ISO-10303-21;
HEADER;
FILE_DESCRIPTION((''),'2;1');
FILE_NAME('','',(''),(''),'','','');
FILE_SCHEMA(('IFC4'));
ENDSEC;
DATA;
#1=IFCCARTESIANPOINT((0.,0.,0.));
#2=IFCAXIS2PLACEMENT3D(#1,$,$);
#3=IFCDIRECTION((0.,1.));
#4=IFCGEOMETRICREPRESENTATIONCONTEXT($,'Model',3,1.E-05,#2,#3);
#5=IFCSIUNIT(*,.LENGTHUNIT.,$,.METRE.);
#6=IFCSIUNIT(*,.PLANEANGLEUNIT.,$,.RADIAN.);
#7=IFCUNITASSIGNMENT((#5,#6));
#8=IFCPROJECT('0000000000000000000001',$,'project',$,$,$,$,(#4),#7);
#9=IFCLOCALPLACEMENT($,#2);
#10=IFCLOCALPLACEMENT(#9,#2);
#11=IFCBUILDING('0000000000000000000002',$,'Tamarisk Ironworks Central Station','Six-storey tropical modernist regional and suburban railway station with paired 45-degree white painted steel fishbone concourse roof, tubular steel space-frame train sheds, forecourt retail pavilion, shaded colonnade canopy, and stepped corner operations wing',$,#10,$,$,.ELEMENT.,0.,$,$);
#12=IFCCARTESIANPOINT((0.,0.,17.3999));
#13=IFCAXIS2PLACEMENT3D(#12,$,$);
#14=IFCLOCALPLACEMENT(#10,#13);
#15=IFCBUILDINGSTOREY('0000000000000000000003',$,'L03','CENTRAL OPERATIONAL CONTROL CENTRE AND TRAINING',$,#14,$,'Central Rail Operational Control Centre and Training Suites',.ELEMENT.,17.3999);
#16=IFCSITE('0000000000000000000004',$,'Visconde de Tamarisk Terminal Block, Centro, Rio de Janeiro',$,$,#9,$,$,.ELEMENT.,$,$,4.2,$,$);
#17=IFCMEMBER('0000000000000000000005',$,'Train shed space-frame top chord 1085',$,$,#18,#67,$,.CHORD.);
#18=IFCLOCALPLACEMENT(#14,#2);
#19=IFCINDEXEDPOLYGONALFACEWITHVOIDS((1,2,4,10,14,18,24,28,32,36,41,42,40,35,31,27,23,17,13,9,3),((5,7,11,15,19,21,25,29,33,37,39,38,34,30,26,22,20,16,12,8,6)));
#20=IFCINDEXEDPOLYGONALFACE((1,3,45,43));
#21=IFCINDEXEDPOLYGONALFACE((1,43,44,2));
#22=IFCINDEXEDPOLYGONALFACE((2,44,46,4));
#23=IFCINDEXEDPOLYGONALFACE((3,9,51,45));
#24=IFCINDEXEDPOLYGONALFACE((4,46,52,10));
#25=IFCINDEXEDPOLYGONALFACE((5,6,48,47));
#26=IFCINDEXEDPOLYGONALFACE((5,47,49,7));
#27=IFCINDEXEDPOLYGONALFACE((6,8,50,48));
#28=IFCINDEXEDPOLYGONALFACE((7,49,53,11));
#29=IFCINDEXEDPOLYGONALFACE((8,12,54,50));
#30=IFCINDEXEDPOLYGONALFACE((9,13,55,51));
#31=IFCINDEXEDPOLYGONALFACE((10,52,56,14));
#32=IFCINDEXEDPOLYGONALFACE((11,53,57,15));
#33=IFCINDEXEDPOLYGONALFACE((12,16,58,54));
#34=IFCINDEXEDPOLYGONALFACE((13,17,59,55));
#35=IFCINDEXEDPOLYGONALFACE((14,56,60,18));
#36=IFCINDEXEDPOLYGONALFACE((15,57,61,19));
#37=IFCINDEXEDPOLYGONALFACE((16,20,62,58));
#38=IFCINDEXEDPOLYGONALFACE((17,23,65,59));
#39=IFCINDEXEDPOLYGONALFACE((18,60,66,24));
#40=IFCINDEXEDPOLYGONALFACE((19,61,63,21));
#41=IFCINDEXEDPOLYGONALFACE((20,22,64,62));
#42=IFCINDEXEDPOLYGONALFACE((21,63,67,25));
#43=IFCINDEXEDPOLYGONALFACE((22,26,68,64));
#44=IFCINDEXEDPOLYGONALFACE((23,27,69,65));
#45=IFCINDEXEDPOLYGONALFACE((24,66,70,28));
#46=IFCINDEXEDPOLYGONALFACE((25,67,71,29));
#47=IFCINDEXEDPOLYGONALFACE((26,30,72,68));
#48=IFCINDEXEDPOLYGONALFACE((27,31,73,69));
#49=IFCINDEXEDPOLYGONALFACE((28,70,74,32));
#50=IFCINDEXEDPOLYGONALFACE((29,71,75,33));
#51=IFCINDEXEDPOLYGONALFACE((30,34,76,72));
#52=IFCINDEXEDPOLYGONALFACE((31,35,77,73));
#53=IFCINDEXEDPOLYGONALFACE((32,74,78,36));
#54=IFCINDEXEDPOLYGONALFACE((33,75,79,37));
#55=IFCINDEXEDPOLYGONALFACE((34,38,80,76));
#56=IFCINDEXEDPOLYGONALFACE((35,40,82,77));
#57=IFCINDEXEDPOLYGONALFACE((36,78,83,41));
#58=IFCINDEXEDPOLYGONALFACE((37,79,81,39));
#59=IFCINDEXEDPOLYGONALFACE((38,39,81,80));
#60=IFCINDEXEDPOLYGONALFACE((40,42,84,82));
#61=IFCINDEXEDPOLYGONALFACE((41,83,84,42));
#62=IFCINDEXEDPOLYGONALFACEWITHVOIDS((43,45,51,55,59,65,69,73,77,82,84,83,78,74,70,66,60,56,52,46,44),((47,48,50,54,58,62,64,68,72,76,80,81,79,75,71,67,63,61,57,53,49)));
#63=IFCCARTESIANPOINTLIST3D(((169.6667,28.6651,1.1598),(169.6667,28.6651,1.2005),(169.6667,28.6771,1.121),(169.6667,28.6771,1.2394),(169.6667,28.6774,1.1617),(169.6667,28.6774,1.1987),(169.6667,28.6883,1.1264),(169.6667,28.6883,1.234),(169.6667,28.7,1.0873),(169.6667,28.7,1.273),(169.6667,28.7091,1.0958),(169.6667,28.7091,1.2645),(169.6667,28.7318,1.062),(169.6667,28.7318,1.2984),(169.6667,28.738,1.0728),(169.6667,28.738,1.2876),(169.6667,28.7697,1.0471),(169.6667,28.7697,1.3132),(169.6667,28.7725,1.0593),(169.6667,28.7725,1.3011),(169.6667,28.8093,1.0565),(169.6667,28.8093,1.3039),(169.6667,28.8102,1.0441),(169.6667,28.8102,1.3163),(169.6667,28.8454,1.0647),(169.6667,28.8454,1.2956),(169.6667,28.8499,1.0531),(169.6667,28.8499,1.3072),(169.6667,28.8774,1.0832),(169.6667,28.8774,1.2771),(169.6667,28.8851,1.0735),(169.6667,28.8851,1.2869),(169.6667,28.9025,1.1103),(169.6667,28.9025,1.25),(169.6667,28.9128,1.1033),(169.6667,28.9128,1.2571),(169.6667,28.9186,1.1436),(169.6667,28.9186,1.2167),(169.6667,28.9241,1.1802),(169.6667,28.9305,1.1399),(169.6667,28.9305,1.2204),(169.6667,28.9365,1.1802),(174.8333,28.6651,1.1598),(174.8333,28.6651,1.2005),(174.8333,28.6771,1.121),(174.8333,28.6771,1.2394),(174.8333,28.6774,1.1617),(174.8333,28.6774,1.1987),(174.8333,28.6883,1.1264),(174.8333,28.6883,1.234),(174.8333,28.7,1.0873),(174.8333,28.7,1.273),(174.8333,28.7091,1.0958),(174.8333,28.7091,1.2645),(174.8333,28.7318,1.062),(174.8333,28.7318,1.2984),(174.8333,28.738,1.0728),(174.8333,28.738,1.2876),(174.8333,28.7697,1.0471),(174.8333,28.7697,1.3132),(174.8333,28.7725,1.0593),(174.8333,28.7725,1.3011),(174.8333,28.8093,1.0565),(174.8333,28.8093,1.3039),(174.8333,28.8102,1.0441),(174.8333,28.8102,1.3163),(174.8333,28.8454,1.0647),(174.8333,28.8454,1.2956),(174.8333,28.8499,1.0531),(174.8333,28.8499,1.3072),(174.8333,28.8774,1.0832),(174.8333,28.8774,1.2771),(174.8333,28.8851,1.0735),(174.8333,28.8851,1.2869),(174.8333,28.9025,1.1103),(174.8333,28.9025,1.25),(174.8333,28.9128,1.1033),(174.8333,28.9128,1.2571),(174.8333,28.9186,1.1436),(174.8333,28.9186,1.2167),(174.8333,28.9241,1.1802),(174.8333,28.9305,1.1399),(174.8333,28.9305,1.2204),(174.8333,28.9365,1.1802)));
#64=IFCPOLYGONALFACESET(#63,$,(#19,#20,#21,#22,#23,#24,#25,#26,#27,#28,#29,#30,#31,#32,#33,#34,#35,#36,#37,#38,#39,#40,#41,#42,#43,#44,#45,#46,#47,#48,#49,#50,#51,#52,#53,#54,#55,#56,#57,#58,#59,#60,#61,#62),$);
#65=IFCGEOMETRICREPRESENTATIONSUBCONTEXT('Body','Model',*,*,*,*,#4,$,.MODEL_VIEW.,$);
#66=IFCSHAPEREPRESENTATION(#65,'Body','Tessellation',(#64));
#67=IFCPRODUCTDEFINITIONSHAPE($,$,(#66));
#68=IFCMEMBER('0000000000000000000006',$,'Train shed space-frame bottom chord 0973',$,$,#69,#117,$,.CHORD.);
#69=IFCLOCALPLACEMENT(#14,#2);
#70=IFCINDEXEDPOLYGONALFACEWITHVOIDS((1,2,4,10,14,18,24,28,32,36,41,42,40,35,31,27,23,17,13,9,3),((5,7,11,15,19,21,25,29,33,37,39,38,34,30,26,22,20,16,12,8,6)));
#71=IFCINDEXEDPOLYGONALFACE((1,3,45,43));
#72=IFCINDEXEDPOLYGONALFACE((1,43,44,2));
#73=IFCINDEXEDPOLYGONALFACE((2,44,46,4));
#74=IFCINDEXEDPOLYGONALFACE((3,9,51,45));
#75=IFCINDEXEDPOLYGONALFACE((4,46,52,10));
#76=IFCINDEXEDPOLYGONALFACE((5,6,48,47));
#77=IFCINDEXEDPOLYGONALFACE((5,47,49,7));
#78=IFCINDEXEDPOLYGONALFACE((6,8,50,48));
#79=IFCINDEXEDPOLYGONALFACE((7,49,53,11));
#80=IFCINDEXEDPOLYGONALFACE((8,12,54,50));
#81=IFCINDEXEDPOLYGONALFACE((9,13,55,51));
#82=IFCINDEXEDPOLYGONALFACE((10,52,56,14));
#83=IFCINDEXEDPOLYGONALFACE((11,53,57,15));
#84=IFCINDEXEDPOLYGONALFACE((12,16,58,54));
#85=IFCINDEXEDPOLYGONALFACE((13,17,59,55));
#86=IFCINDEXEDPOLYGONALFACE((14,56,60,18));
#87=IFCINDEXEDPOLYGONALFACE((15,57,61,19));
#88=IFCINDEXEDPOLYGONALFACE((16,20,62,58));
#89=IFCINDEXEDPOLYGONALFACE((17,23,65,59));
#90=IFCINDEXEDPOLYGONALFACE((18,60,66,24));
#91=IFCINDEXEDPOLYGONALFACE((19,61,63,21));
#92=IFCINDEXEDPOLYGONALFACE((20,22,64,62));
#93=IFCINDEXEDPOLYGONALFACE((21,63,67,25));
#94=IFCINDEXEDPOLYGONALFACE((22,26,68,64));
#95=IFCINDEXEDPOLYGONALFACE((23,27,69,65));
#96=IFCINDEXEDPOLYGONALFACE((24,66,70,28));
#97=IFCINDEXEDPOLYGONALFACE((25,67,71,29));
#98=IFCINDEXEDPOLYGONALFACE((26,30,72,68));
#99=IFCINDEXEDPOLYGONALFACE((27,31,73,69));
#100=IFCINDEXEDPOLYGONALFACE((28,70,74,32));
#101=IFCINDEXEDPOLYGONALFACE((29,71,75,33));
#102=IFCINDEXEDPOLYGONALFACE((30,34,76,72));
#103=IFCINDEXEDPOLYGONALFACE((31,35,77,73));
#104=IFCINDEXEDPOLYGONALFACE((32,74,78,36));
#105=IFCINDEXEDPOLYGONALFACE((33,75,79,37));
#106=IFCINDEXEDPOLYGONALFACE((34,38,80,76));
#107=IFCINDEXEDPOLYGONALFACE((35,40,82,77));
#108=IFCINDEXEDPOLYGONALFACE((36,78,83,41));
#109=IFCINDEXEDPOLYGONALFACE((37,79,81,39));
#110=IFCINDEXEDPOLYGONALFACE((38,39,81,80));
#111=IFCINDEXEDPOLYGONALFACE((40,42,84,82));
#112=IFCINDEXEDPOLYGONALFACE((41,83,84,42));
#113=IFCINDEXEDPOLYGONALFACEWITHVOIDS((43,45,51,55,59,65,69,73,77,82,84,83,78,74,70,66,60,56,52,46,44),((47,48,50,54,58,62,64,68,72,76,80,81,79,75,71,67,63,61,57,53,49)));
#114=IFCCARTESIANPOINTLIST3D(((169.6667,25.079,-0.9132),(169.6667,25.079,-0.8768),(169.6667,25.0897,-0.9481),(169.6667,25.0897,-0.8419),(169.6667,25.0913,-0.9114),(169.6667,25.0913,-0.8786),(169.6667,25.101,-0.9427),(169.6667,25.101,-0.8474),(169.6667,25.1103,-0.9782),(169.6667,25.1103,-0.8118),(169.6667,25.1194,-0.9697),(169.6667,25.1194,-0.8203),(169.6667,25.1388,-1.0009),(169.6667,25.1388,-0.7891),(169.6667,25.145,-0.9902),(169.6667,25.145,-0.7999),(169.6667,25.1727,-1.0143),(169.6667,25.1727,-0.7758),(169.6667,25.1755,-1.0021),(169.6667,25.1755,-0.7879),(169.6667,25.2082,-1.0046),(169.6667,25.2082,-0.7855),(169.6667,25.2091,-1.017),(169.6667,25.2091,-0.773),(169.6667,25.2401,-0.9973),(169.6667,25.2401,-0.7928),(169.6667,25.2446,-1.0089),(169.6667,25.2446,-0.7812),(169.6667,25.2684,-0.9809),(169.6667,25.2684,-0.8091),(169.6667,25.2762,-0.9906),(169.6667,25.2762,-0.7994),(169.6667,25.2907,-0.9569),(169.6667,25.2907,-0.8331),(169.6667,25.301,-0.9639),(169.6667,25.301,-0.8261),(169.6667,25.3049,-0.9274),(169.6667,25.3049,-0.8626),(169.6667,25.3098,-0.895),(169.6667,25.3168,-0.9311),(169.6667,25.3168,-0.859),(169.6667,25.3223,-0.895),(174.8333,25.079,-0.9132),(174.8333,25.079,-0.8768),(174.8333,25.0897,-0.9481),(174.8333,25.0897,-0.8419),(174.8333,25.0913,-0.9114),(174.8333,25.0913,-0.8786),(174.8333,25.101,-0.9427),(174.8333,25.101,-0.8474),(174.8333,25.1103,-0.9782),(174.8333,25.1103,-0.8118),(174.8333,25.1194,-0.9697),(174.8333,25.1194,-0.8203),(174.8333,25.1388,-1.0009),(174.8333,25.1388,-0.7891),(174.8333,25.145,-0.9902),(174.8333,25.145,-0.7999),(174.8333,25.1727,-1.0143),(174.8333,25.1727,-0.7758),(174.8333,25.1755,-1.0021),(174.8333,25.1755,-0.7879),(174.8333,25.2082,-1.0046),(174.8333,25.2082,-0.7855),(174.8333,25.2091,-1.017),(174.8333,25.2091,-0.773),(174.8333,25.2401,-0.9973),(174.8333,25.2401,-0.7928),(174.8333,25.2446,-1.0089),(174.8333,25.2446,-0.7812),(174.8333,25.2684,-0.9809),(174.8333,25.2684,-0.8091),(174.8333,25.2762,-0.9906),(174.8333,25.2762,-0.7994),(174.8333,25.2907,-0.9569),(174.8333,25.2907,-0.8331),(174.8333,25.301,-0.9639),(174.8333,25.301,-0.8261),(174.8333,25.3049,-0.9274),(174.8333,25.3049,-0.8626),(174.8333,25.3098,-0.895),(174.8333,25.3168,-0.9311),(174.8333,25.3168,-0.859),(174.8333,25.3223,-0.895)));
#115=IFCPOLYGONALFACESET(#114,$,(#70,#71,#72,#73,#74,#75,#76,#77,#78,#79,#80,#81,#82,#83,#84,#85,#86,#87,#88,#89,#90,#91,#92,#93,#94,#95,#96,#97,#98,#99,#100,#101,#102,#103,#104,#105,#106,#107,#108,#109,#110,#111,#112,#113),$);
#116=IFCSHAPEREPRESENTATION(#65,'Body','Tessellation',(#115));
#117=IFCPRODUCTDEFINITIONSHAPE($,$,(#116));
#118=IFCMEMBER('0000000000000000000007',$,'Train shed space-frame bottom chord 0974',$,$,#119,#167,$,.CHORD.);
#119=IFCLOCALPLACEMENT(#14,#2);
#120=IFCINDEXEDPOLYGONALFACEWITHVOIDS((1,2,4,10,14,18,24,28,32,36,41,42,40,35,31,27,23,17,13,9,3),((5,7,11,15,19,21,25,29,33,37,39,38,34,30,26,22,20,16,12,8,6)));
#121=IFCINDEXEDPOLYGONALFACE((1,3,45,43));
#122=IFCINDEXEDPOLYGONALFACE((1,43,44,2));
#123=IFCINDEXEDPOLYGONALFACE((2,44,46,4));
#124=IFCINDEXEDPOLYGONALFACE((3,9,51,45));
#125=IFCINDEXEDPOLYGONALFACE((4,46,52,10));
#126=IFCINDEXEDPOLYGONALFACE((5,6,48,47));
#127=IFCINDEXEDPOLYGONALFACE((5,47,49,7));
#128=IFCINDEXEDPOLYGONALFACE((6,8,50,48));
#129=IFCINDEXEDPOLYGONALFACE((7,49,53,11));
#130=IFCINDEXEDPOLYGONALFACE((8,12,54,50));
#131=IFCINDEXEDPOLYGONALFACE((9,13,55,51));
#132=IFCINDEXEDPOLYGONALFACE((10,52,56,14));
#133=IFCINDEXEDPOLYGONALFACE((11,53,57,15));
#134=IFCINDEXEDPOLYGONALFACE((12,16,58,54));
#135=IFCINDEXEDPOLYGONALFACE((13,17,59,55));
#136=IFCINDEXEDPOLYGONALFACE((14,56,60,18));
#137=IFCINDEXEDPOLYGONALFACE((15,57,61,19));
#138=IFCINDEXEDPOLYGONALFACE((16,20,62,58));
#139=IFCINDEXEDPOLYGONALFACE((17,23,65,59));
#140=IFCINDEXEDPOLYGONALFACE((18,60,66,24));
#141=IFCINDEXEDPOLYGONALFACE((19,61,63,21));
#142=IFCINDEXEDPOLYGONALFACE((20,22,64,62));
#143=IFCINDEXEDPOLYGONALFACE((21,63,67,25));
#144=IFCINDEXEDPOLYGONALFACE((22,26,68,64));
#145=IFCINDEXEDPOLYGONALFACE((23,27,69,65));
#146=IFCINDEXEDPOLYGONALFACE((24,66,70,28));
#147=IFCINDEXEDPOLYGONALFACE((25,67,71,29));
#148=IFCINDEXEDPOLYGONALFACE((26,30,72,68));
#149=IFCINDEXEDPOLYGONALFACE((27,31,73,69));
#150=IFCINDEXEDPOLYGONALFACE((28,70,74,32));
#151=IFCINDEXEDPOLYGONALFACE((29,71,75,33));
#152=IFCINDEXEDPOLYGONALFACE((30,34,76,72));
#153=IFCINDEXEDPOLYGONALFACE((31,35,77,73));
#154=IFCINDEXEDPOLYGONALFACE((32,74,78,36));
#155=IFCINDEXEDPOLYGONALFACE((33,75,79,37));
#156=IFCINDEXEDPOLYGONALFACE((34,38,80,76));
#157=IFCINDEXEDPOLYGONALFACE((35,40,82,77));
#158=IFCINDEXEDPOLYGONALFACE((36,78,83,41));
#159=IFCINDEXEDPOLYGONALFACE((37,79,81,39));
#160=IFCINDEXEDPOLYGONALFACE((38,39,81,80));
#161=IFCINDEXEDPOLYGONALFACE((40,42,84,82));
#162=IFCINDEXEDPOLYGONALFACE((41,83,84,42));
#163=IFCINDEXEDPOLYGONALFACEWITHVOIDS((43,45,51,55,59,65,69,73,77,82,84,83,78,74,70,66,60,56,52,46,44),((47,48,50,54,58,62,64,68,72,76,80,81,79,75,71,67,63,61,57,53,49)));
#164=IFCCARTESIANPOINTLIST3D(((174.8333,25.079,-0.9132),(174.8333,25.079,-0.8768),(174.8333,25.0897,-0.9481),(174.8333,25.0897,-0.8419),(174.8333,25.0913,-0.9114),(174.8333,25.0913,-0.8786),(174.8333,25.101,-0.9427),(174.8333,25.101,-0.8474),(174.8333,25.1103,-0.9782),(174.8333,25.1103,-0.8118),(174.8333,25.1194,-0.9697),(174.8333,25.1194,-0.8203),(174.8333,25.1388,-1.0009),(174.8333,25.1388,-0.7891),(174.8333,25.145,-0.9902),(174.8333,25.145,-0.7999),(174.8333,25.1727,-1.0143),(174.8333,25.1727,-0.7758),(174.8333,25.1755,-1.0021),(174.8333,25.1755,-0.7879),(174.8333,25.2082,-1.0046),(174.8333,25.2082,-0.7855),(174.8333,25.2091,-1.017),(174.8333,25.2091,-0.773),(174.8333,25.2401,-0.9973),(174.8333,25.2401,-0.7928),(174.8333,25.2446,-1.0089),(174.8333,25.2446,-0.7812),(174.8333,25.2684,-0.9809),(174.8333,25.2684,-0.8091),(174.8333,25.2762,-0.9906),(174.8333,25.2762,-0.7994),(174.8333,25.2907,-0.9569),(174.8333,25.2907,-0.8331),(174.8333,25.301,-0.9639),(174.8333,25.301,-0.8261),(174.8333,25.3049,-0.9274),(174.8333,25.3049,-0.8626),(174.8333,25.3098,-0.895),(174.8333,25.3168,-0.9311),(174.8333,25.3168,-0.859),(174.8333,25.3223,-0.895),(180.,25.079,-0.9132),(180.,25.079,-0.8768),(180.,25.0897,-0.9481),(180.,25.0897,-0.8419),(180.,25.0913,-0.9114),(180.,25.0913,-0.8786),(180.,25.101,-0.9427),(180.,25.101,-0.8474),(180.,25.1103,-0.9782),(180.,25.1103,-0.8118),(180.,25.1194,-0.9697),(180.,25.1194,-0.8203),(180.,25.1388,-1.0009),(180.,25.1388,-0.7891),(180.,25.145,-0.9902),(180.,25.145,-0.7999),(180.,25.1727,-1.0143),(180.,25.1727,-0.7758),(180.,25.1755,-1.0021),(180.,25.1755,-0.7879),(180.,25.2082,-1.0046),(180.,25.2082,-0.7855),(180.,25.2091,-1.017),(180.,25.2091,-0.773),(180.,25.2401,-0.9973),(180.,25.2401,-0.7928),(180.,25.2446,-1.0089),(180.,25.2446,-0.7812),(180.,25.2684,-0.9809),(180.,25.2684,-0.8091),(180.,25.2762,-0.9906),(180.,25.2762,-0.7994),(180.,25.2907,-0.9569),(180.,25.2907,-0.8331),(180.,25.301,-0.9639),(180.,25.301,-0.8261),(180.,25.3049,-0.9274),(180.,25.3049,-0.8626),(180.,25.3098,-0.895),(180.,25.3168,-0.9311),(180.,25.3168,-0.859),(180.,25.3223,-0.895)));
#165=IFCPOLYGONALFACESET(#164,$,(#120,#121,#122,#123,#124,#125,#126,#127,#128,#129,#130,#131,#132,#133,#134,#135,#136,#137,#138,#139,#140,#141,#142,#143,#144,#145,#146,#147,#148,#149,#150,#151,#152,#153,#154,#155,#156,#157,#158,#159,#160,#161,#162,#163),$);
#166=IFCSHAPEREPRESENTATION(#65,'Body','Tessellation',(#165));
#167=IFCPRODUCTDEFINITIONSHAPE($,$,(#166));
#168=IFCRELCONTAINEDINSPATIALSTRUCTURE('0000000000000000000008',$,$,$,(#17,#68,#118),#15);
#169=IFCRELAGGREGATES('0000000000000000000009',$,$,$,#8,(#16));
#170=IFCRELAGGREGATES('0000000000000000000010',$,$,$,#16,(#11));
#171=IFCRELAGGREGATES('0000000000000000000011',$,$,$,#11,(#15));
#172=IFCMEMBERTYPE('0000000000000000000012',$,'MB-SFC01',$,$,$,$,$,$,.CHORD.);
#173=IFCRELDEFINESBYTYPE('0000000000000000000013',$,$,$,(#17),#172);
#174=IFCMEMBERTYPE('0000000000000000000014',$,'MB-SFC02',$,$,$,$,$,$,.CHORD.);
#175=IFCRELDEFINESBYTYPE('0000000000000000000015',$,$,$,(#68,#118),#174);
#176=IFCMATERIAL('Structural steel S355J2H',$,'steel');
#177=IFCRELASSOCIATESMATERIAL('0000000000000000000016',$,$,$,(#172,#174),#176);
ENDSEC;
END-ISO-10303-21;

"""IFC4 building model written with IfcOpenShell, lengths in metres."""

from ifc_helpers import new_model, si_unit, direction, frame, origin, origin_2d, place, context, subcontext, project, spatial, hollow_circle, extrude, material, material_profile, profile_set, type_object, element, save


model = new_model("IFC4")

# Units and contexts
model_context = context("Model", 3, precision=1e-05, world=origin(), true_north=direction((0.0, 1.0)))
body_context = subcontext(model_context, "Body", "Model", "MODEL_VIEW")
ifc_project = project(units=[si_unit("LENGTHUNIT", "METRE"), si_unit("PLANEANGLEUNIT", "RADIAN")], contexts=[model_context])

# Site, building, storey
site_placement = place(None, origin())
site = spatial("IfcSite", under=ifc_project, at=site_placement, Name="Visconde de Tamarisk Terminal Block, Centro, Rio de Janeiro", CompositionType="ELEMENT", RefElevation=4.2)
building_placement = place(site_placement, origin())
building = spatial("IfcBuilding", under=site, at=building_placement, Name="Tamarisk Ironworks Central Station", Description="Six-storey tropical modernist regional and suburban railway station with paired 45-degree white painted steel fishbone concourse roof, tubular steel space-frame train sheds, forecourt retail pavilion, shaded colonnade canopy, and stepped corner operations wing", CompositionType="ELEMENT", ElevationOfRefHeight=0.0)
storey_placement = place(building_placement, frame((0.0, 0.0, 17.3999)))
storey = spatial("IfcBuildingStorey", under=building, at=storey_placement, Name="L03", Description="CENTRAL OPERATIONAL CONTROL CENTRE AND TRAINING", LongName="Central Rail Operational Control Centre and Training Suites", CompositionType="ELEMENT", Elevation=17.3999)

# Members
ifc_material = material(Name="Structural steel S355J2H", Category="steel")
ifc_material_profile_1 = material_profile(ifc_material, hollow_circle(Radius=0.1365, WallThickness=0.0125, at=origin_2d()), Name="CHS 273x12.5")
ifc_profile_set_1 = profile_set([ifc_material_profile_1], Name="Structural steel S355J2H")
member_type_1 = type_object("IfcMemberType", Name="MB-SFC01", PredefinedType="CHORD", material=ifc_profile_set_1)
member_1_placement = place(storey_placement, frame((169.6667, 28.8, 1.1802), z_axis=(1.0, 0.0, 0.0), x_axis=(0.0, 1.0, 0.0)))
element("IfcMember", 1, at=member_1_placement, inside=storey, type_object=member_type_1, Name="Train shed space-frame top chord 1085", PredefinedType="CHORD", context=body_context, shape_type="SweptSolid", body=[
    extrude(hollow_circle(Radius=0.1365, WallThickness=0.0125, at=origin_2d()), origin(), (0.0, 0.0, 1.0), 5.1665),
])
ifc_material_profile_2 = material_profile(ifc_material, hollow_circle(Radius=0.1223, WallThickness=0.0125, at=origin_2d()), Name="CHS 244.5x12.5")
ifc_profile_set_2 = profile_set([ifc_material_profile_2], Name="Structural steel S355J2H")
member_type_2 = type_object("IfcMemberType", Name="MB-SFC02", PredefinedType="CHORD", material=ifc_profile_set_2)
member_2_placement = place(storey_placement, frame((169.6667, 25.2, -0.895), z_axis=(1.0, 0.0, 0.0), x_axis=(0.0, 1.0, 0.0)))
element("IfcMember", 2, at=member_2_placement, inside=storey, type_object=member_type_2, Name="Train shed space-frame bottom chord 0973", PredefinedType="CHORD", context=body_context, shape_type="SweptSolid", body=[
    extrude(hollow_circle(Radius=0.1223, WallThickness=0.0125, at=origin_2d()), origin(), (0.0, 0.0, 1.0), 5.1665),
])
for number, where, z_axis, x_axis, name in (
    (3, (174.8333, 25.2, -0.895), (1.0, 0.0, 0.0), (0.0, 1.0, 0.0), "Train shed space-frame bottom chord 0974"),
):
    element("IfcMember", number, at=place(storey_placement, frame(where, z_axis=z_axis, x_axis=x_axis)), inside=storey, type_object=member_type_2, Name=name, PredefinedType="CHORD", context=body_context, shape_type="SweptSolid", body=[
        extrude(hollow_circle(Radius=0.1223, WallThickness=0.0125, at=origin_2d()), origin(), (0.0, 0.0, 1.0), 5.1667),
    ])

save(model, "model.ifc")
